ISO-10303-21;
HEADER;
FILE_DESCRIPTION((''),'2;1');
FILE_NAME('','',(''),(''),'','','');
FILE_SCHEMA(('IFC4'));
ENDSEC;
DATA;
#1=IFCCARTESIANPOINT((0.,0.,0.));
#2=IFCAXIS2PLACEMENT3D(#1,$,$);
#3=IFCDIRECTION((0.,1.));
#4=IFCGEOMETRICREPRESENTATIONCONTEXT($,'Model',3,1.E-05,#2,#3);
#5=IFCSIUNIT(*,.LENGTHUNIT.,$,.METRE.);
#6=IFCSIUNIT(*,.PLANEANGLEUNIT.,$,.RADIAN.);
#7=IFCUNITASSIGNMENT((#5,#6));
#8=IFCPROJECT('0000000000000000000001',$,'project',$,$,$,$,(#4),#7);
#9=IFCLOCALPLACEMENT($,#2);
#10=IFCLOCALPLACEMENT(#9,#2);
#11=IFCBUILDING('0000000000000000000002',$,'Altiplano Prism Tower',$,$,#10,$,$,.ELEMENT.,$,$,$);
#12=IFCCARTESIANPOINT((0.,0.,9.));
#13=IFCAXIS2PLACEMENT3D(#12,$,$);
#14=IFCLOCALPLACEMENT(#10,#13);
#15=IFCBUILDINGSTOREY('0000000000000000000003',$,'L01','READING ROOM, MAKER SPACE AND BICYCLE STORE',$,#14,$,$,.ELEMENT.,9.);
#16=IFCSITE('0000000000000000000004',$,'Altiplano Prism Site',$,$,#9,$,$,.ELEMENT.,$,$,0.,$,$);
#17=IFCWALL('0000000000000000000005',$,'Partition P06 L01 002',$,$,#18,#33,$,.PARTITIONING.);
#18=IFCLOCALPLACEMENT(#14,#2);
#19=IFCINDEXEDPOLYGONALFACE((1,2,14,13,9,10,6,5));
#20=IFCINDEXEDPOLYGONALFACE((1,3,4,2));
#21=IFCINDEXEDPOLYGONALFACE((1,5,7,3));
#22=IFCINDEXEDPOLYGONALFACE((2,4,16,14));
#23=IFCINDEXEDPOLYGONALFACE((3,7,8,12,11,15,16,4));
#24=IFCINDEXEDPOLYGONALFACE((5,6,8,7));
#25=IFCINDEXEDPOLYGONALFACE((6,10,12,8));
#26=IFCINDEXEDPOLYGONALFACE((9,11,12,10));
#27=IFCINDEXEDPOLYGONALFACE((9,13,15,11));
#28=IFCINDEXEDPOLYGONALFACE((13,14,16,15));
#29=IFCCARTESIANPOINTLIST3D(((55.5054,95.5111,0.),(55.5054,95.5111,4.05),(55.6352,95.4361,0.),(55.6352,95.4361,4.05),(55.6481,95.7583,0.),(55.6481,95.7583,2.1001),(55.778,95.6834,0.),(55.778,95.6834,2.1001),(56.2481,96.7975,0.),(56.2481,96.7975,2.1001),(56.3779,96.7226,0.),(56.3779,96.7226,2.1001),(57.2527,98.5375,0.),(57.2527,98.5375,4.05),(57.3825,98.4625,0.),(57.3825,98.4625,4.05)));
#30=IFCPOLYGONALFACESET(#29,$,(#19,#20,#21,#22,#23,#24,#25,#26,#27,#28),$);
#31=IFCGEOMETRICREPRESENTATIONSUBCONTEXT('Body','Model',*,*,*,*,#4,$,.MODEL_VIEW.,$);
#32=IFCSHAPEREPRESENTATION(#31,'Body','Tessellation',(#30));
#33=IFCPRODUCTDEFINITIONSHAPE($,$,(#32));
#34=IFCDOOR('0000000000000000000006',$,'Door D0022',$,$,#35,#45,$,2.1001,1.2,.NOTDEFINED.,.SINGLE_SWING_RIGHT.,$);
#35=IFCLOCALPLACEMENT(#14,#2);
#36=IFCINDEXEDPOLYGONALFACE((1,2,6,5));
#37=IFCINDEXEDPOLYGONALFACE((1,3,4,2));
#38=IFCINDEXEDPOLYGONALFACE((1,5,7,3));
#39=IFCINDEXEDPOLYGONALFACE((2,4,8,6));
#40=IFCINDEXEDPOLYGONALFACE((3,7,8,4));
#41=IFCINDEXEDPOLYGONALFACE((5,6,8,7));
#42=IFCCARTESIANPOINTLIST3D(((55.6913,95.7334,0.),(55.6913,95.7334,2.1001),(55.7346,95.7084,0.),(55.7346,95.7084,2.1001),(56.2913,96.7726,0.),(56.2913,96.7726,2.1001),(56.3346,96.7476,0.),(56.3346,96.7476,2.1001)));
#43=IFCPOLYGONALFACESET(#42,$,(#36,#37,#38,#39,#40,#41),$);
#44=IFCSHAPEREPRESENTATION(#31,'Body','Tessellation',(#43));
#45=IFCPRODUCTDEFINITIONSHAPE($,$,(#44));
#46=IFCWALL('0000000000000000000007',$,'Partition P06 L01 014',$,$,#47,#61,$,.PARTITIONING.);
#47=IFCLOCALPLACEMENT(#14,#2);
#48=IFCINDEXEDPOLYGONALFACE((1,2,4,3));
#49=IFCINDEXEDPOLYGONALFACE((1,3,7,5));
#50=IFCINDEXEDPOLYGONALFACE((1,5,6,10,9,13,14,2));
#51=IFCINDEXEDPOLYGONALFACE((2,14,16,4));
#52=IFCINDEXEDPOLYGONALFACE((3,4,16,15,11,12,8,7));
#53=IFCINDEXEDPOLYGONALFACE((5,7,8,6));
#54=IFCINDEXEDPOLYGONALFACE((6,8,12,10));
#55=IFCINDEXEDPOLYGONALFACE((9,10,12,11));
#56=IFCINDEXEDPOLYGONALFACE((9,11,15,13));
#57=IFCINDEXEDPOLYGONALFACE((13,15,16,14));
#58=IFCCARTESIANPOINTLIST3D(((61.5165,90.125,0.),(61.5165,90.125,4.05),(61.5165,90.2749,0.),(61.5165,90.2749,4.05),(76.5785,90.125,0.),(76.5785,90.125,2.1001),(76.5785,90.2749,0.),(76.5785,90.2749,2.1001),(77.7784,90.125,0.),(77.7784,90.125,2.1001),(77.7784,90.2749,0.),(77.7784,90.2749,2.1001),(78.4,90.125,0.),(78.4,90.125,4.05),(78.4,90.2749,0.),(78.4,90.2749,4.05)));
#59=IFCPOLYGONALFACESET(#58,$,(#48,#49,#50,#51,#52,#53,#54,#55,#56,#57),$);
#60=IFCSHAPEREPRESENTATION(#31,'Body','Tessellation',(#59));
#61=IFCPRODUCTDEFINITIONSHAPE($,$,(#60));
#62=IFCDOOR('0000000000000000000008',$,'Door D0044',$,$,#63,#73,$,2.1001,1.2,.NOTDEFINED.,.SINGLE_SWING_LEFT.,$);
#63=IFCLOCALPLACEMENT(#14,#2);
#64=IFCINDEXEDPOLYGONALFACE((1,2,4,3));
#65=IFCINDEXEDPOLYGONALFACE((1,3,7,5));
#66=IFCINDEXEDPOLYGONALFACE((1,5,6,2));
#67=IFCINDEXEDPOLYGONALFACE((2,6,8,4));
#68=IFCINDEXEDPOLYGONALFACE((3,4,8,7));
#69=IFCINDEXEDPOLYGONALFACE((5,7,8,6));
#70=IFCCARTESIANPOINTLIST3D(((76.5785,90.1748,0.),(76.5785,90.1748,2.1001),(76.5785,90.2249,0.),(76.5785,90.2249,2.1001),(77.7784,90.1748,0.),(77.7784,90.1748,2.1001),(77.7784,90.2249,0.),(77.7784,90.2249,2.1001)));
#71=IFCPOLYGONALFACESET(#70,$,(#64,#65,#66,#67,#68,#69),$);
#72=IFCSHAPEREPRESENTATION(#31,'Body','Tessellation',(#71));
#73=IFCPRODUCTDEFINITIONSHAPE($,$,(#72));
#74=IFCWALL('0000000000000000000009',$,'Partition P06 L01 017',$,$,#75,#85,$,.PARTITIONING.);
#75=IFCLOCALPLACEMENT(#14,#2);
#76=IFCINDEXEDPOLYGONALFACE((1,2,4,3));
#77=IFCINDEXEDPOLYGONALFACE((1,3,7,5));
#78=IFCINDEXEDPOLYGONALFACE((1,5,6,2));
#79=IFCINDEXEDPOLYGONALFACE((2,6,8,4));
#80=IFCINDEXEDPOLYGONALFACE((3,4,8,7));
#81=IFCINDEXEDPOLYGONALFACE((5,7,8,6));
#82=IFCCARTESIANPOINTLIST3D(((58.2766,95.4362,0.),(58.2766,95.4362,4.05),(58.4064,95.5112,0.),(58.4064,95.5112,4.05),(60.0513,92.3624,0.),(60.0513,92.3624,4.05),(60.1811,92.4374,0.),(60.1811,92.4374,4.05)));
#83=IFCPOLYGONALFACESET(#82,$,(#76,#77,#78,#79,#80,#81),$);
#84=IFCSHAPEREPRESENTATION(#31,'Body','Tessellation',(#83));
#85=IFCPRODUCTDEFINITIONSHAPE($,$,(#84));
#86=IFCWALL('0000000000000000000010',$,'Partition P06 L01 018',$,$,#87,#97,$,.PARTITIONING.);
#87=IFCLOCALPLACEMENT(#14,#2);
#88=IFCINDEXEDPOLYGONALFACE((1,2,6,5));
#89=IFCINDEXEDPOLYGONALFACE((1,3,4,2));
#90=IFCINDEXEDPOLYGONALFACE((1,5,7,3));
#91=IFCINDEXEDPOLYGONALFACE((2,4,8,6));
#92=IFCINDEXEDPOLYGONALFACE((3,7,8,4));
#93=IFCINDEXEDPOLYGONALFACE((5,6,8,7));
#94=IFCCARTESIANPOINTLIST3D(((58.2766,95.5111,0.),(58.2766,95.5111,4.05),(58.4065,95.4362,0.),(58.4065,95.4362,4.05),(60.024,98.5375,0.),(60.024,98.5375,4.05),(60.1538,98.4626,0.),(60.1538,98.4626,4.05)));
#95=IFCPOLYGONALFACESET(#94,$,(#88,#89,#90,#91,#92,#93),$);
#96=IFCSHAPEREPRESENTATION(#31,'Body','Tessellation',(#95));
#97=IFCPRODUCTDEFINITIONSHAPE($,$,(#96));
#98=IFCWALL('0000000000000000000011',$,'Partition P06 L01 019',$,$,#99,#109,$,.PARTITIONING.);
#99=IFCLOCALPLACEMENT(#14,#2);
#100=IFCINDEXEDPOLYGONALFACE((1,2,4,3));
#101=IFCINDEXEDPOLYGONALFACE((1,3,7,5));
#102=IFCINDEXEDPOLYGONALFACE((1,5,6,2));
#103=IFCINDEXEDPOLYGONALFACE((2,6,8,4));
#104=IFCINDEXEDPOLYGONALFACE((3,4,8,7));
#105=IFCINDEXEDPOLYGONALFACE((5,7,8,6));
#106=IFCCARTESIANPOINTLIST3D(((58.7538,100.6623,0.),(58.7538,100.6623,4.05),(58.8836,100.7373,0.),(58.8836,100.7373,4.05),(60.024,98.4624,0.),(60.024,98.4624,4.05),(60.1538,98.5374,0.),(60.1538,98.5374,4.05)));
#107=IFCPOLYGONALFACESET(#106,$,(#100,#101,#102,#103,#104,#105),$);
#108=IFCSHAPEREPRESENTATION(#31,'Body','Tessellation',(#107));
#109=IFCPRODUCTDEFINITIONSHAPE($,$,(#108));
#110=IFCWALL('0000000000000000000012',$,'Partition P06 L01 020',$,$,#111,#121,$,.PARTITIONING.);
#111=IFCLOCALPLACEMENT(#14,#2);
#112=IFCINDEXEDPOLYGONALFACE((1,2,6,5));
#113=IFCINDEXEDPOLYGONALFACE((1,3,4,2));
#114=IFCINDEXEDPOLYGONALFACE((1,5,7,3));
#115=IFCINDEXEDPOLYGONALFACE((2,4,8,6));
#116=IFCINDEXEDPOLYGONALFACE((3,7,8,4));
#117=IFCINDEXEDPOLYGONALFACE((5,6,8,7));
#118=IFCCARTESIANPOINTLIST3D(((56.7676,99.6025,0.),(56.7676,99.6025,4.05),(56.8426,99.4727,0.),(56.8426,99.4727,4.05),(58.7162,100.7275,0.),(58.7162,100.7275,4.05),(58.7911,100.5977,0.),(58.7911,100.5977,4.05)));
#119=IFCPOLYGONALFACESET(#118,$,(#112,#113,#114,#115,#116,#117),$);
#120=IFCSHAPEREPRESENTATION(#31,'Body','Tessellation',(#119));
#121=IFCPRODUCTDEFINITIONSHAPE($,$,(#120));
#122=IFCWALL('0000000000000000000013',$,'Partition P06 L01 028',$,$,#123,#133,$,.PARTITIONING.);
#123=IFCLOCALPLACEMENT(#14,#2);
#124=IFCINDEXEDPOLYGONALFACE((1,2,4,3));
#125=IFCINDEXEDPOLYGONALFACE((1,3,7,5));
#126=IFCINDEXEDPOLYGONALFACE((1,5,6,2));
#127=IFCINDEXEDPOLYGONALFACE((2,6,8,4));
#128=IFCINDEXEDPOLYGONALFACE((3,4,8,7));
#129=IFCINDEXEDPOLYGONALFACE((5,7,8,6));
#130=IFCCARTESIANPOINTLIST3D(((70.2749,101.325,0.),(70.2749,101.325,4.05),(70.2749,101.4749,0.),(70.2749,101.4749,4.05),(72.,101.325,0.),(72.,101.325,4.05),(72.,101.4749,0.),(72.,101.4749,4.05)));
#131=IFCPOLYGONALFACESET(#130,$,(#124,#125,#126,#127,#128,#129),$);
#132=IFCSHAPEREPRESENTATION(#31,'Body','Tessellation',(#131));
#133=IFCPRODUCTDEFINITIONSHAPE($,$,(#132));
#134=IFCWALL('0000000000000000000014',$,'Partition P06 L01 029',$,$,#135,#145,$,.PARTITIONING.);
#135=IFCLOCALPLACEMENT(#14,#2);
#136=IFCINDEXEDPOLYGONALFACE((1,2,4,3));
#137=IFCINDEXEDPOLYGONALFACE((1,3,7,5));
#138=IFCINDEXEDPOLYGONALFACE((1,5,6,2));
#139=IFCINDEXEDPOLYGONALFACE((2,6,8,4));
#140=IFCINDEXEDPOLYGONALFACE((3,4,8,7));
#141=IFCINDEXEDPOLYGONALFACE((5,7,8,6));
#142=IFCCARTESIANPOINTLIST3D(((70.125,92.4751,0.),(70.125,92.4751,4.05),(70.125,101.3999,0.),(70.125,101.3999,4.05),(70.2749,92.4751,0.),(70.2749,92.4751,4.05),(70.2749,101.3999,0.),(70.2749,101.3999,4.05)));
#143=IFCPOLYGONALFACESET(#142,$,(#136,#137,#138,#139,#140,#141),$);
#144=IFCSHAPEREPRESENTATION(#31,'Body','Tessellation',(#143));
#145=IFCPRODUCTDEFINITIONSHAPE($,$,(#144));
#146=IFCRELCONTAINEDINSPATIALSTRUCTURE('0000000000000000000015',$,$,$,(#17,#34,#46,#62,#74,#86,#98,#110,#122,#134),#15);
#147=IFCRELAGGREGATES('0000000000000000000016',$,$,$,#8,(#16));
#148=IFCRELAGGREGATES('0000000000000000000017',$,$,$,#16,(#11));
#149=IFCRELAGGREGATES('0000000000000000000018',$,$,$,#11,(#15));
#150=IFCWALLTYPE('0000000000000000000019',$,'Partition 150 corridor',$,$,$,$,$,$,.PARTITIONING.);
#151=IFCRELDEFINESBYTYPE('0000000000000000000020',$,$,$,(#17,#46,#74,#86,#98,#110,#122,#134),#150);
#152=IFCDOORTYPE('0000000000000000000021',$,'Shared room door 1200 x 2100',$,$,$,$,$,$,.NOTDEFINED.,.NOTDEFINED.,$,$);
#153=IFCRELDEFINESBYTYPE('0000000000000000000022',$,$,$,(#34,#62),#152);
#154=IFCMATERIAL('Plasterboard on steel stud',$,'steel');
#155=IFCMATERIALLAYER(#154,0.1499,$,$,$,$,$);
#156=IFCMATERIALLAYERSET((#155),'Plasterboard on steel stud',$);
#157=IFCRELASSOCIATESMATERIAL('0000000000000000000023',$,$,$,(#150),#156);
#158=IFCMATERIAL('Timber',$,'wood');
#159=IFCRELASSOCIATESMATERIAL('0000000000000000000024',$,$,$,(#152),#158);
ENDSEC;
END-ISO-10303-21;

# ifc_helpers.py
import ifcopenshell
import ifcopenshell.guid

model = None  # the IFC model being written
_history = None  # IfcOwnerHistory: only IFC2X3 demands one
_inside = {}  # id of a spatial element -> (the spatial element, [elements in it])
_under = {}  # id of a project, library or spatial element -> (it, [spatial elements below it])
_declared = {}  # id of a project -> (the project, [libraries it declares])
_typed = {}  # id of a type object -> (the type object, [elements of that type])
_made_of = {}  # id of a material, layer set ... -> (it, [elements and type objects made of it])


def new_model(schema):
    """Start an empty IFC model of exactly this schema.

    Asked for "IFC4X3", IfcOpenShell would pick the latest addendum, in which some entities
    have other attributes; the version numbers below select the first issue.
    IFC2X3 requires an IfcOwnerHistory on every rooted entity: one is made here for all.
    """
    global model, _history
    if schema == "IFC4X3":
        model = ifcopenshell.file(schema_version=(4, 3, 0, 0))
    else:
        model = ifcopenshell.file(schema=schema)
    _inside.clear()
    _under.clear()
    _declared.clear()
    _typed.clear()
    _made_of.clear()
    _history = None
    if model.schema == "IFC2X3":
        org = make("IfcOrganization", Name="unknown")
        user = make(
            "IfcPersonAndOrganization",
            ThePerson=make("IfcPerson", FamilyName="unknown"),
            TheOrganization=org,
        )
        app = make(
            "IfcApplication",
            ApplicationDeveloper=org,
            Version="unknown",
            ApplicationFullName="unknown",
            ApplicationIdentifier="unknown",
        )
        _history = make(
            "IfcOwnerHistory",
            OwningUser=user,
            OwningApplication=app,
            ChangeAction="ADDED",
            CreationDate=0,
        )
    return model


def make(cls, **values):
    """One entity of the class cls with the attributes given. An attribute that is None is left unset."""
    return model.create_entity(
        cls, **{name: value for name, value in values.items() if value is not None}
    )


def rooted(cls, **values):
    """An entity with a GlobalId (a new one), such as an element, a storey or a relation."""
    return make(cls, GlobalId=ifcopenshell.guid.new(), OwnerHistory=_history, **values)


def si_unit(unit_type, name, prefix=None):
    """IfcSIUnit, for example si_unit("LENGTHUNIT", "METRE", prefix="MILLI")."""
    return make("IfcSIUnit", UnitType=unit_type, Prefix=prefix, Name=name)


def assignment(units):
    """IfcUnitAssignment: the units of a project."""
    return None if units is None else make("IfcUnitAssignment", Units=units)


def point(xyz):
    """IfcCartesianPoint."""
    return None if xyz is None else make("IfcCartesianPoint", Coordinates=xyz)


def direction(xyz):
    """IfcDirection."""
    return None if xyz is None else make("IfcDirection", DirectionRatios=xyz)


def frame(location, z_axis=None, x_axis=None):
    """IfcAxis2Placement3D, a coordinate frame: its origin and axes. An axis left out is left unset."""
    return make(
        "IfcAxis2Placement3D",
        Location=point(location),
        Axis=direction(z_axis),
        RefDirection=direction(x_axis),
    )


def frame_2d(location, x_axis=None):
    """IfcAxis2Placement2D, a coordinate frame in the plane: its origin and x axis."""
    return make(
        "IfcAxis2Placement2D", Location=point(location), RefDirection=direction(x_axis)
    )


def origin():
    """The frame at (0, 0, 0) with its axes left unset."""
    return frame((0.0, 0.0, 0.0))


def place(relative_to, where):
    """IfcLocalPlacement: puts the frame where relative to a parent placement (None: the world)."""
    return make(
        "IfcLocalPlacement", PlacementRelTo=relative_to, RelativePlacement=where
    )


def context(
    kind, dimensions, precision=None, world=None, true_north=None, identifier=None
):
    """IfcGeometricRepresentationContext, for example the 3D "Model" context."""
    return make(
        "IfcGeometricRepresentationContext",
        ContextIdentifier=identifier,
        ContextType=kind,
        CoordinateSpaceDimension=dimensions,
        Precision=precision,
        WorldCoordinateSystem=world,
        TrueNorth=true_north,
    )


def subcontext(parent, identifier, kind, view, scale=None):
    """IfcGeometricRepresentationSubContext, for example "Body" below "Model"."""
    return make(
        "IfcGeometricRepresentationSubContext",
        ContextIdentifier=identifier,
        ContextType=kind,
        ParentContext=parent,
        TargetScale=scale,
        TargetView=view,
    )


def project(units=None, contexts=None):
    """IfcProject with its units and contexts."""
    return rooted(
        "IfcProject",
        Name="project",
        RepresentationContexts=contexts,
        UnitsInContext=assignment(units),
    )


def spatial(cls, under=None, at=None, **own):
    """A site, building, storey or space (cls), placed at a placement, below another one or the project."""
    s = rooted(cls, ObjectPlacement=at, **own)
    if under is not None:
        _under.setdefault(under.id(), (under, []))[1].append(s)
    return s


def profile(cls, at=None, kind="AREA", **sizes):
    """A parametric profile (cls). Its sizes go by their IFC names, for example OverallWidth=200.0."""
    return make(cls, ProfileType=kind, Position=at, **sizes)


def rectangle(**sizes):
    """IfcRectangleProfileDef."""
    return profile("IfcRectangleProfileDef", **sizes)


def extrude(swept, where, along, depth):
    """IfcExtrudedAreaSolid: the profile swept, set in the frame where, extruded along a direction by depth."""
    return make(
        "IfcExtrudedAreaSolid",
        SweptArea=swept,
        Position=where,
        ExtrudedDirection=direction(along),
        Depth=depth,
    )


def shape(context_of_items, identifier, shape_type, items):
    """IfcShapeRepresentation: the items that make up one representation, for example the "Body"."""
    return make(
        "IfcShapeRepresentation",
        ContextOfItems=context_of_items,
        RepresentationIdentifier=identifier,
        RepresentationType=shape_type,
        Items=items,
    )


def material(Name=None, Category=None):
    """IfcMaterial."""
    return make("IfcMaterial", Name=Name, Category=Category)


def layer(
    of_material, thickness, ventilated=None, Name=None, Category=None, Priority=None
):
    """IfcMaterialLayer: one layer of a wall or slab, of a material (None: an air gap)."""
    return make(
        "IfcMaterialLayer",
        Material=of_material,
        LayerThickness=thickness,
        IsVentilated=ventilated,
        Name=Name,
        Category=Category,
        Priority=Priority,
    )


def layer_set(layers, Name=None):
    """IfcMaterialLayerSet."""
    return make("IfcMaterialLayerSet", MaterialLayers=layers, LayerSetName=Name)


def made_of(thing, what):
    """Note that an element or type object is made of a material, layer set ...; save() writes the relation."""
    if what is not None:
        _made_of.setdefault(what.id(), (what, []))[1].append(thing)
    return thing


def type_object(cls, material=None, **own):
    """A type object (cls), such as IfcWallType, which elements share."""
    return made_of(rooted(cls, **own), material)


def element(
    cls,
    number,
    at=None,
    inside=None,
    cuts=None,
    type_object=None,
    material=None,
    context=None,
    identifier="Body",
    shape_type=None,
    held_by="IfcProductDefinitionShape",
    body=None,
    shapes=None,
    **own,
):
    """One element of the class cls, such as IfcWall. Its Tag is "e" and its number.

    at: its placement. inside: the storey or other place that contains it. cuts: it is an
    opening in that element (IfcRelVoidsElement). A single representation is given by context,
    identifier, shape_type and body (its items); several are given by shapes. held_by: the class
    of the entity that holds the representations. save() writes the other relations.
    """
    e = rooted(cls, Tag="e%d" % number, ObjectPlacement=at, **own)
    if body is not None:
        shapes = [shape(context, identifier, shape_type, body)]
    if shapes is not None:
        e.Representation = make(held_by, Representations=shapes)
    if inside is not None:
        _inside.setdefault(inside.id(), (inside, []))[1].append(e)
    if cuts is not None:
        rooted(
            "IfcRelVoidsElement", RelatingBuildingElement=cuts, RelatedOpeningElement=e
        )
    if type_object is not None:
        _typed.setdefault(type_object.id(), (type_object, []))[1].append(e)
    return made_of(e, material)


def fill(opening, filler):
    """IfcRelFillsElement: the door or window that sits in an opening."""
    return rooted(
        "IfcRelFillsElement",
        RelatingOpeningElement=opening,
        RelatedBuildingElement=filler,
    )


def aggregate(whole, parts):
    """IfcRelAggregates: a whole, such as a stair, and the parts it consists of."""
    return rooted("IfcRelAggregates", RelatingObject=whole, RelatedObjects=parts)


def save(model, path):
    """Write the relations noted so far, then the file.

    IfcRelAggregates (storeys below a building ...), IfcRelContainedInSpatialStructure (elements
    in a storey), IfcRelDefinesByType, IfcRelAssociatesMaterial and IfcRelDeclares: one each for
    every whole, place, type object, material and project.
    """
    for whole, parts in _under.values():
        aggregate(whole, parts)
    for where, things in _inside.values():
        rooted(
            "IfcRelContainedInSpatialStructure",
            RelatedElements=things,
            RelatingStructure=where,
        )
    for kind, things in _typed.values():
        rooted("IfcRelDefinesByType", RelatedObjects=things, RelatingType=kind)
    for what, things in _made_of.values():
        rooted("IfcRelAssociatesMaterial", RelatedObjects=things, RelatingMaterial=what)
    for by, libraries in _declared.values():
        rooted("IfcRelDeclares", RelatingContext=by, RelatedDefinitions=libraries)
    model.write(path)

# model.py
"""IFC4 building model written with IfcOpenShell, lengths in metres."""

from ifc_helpers import new_model, si_unit, direction, frame, frame_2d, origin, place, context, subcontext, project, spatial, rectangle, extrude, material, layer, layer_set, type_object, element, fill, save


model = new_model("IFC4")

# Units and contexts
model_context = context("Model", 3, precision=1e-05, world=origin(), true_north=direction((0.0, 1.0)))
body_context = subcontext(model_context, "Body", "Model", "MODEL_VIEW")
ifc_project = project(units=[si_unit("LENGTHUNIT", "METRE"), si_unit("PLANEANGLEUNIT", "RADIAN")], contexts=[model_context])

# Site, building, storey
site_placement = place(None, origin())
site = spatial("IfcSite", under=ifc_project, at=site_placement, Name="Altiplano Prism Site", CompositionType="ELEMENT", RefElevation=0.0)
building_placement = place(site_placement, origin())
building = spatial("IfcBuilding", under=site, at=building_placement, Name="Altiplano Prism Tower", CompositionType="ELEMENT")
storey_placement = place(building_placement, frame((0.0, 0.0, 9.0)))
storey = spatial("IfcBuildingStorey", under=building, at=storey_placement, Name="L01", Description="READING ROOM, MAKER SPACE AND BICYCLE STORE", CompositionType="ELEMENT", Elevation=9.0)

# Walls, openings, doors
ifc_material_1 = material(Name="Plasterboard on steel stud", Category="steel")
ifc_layer_1 = layer(ifc_material_1, 0.1499)
ifc_layer_set_1 = layer_set([ifc_layer_1], Name="Plasterboard on steel stud")
wall_type_1 = type_object("IfcWallType", Name="Partition 150 corridor", PredefinedType="PARTITIONING", material=ifc_layer_set_1)
wall_1_placement = place(storey_placement, frame((57.3176, 98.5, 0.0), z_axis=(0.0, 0.0, 1.0), x_axis=(-0.500009, -0.86602, 0.0)))
wall_1 = element("IfcWall", 1, at=wall_1_placement, inside=storey, type_object=wall_type_1, Name="Partition P06 L01 002", PredefinedType="PARTITIONING", context=body_context, shape_type="SweptSolid", body=[
    extrude(rectangle(XDim=3.4946, YDim=0.1499, at=frame_2d((1.7473, 0.0))), origin(), (0.0, 0.0, 1.0), 4.05),
])
opening_1_placement = place(wall_1_placement, frame((2.009, 0.0, 0.0)))
opening_1 = element("IfcOpeningElement", 2, at=opening_1_placement, cuts=wall_1, PredefinedType="OPENING", context=body_context, shape_type="SweptSolid", body=[
    extrude(rectangle(XDim=1.2, YDim=2.1001, at=frame_2d((0.6001, 1.05))), frame((0.0, 0.0854, 0.0), z_axis=(0.0, -1.0, 0.0), x_axis=(1.0, 0.0, 0.0)), (0.0, 0.0, 1.0), 0.1709),
])
ifc_material_2 = material(Name="Timber", Category="wood")
door_type_1 = type_object("IfcDoorType", Name="Shared room door 1200 x 2100", OperationType="NOTDEFINED", PredefinedType="NOTDEFINED", material=ifc_material_2)
door_1_placement = place(opening_1_placement, origin())
door_1 = element("IfcDoor", 3, at=door_1_placement, inside=storey, type_object=door_type_1, Name="Door D0022", OperationType="SINGLE_SWING_RIGHT", OverallHeight=2.1001, OverallWidth=1.2, PredefinedType="NOTDEFINED", context=body_context, shape_type="SweptSolid", body=[
    extrude(rectangle(XDim=1.2, YDim=2.1001, at=frame_2d((0.6001, 1.05))), frame((0.0, 0.0249, 0.0), z_axis=(0.0, -1.0, 0.0), x_axis=(1.0, 0.0, 0.0)), (0.0, 0.0, 1.0), 0.05),
])
fill(opening_1, door_1)
wall_2_placement = place(storey_placement, frame((61.5164, 90.2, 0.0), z_axis=(0.0, 0.0, 1.0), x_axis=(1.0, 0.0, 0.0)))
wall_2 = element("IfcWall", 4, at=wall_2_placement, inside=storey, type_object=wall_type_1, Name="Partition P06 L01 014", PredefinedType="PARTITIONING", context=body_context, shape_type="SweptSolid", body=[
    extrude(rectangle(XDim=16.8835, YDim=0.1499, at=frame_2d((8.4419, 0.0))), origin(), (0.0, 0.0, 1.0), 4.05),
])
opening_2_placement = place(wall_2_placement, frame((15.062, 0.0, 0.0)))
opening_2 = element("IfcOpeningElement", 5, at=opening_2_placement, cuts=wall_2, PredefinedType="OPENING", context=body_context, shape_type="SweptSolid", body=[
    extrude(rectangle(XDim=1.2, YDim=2.1001, at=frame_2d((0.6001, 1.05))), frame((0.0, 0.0854, 0.0), z_axis=(0.0, -1.0, 0.0), x_axis=(1.0, 0.0, 0.0)), (0.0, 0.0, 1.0), 0.1709),
])
door_2_placement = place(opening_2_placement, origin())
door_2 = element("IfcDoor", 6, at=door_2_placement, inside=storey, type_object=door_type_1, Name="Door D0044", OperationType="SINGLE_SWING_LEFT", OverallHeight=2.1001, OverallWidth=1.2, PredefinedType="NOTDEFINED", context=body_context, shape_type="SweptSolid", body=[
    extrude(rectangle(XDim=1.2, YDim=2.1001, at=frame_2d((0.6001, 1.05))), frame((0.0, 0.0249, 0.0), z_axis=(0.0, -1.0, 0.0), x_axis=(1.0, 0.0, 0.0)), (0.0, 0.0, 1.0), 0.05),
])
fill(opening_2, door_2)

# Walls
wall_3_placement = place(storey_placement, frame((60.1162, 92.3999, 0.0), z_axis=(0.0, 0.0, 1.0), x_axis=(-0.500008, 0.866021, 0.0)))
element("IfcWall", 7, at=wall_3_placement, inside=storey, type_object=wall_type_1, Name="Partition P06 L01 017", PredefinedType="PARTITIONING", context=body_context, shape_type="SweptSolid", body=[
    extrude(rectangle(XDim=3.5493, YDim=0.1499, at=frame_2d((1.7747, 0.0))), origin(), (0.0, 0.0, 1.0), 4.05),
])
wall_4_placement = place(storey_placement, frame((58.3416, 95.4736, 0.0), z_axis=(0.0, 0.0, 1.0), x_axis=(0.500009, 0.86602, 0.0)))
element("IfcWall", 8, at=wall_4_placement, inside=storey, type_object=wall_type_1, Name="Partition P06 L01 018", PredefinedType="PARTITIONING", context=body_context, shape_type="SweptSolid", body=[
    extrude(rectangle(XDim=3.4946, YDim=0.1499, at=frame_2d((1.7473, 0.0))), origin(), (0.0, 0.0, 1.0), 4.05),
])
wall_5_placement = place(storey_placement, frame((60.0889, 98.5, 0.0), z_axis=(0.0, 0.0, 1.0), x_axis=(-0.500036, 0.866005, 0.0)))
element("IfcWall", 9, at=wall_5_placement, inside=storey, type_object=wall_type_1, Name="Partition P06 L01 019", PredefinedType="PARTITIONING", context=body_context, shape_type="SweptSolid", body=[
    extrude(rectangle(XDim=2.5403, YDim=0.1499, at=frame_2d((1.27, 0.0))), origin(), (0.0, 0.0, 1.0), 4.05),
])
wall_6_placement = place(storey_placement, frame((58.7537, 100.6626, 0.0), z_axis=(0.0, 0.0, 1.0), x_axis=(-0.866018, -0.500014, 0.0)))
element("IfcWall", 10, at=wall_6_placement, inside=storey, type_object=wall_type_1, Name="Partition P06 L01 020", PredefinedType="PARTITIONING", context=body_context, shape_type="SweptSolid", body=[
    extrude(rectangle(XDim=2.25, YDim=0.1499, at=frame_2d((1.125, 0.0))), origin(), (0.0, 0.0, 1.0), 4.05),
])
wall_7_placement = place(storey_placement, frame((72.0, 101.3999, 0.0), z_axis=(0.0, 0.0, 1.0), x_axis=(-1.0, 0.0, 0.0)))
element("IfcWall", 11, at=wall_7_placement, inside=storey, type_object=wall_type_1, Name="Partition P06 L01 028", PredefinedType="PARTITIONING", context=body_context, shape_type="SweptSolid", body=[
    extrude(rectangle(XDim=1.7251, YDim=0.1499, at=frame_2d((0.8625, 0.0))), origin(), (0.0, 0.0, 1.0), 4.05),
])
wall_8_placement = place(storey_placement, frame((70.2, 101.3999, 0.0), z_axis=(0.0, 0.0, 1.0), x_axis=(0.0, -1.0, 0.0)))
element("IfcWall", 12, at=wall_8_placement, inside=storey, type_object=wall_type_1, Name="Partition P06 L01 029", PredefinedType="PARTITIONING", context=body_context, shape_type="SweptSolid", body=[
    extrude(rectangle(XDim=8.9248, YDim=0.1499, at=frame_2d((4.4624, 0.0))), origin(), (0.0, 0.0, 1.0), 4.05),
])

save(model, "model.ifc")
